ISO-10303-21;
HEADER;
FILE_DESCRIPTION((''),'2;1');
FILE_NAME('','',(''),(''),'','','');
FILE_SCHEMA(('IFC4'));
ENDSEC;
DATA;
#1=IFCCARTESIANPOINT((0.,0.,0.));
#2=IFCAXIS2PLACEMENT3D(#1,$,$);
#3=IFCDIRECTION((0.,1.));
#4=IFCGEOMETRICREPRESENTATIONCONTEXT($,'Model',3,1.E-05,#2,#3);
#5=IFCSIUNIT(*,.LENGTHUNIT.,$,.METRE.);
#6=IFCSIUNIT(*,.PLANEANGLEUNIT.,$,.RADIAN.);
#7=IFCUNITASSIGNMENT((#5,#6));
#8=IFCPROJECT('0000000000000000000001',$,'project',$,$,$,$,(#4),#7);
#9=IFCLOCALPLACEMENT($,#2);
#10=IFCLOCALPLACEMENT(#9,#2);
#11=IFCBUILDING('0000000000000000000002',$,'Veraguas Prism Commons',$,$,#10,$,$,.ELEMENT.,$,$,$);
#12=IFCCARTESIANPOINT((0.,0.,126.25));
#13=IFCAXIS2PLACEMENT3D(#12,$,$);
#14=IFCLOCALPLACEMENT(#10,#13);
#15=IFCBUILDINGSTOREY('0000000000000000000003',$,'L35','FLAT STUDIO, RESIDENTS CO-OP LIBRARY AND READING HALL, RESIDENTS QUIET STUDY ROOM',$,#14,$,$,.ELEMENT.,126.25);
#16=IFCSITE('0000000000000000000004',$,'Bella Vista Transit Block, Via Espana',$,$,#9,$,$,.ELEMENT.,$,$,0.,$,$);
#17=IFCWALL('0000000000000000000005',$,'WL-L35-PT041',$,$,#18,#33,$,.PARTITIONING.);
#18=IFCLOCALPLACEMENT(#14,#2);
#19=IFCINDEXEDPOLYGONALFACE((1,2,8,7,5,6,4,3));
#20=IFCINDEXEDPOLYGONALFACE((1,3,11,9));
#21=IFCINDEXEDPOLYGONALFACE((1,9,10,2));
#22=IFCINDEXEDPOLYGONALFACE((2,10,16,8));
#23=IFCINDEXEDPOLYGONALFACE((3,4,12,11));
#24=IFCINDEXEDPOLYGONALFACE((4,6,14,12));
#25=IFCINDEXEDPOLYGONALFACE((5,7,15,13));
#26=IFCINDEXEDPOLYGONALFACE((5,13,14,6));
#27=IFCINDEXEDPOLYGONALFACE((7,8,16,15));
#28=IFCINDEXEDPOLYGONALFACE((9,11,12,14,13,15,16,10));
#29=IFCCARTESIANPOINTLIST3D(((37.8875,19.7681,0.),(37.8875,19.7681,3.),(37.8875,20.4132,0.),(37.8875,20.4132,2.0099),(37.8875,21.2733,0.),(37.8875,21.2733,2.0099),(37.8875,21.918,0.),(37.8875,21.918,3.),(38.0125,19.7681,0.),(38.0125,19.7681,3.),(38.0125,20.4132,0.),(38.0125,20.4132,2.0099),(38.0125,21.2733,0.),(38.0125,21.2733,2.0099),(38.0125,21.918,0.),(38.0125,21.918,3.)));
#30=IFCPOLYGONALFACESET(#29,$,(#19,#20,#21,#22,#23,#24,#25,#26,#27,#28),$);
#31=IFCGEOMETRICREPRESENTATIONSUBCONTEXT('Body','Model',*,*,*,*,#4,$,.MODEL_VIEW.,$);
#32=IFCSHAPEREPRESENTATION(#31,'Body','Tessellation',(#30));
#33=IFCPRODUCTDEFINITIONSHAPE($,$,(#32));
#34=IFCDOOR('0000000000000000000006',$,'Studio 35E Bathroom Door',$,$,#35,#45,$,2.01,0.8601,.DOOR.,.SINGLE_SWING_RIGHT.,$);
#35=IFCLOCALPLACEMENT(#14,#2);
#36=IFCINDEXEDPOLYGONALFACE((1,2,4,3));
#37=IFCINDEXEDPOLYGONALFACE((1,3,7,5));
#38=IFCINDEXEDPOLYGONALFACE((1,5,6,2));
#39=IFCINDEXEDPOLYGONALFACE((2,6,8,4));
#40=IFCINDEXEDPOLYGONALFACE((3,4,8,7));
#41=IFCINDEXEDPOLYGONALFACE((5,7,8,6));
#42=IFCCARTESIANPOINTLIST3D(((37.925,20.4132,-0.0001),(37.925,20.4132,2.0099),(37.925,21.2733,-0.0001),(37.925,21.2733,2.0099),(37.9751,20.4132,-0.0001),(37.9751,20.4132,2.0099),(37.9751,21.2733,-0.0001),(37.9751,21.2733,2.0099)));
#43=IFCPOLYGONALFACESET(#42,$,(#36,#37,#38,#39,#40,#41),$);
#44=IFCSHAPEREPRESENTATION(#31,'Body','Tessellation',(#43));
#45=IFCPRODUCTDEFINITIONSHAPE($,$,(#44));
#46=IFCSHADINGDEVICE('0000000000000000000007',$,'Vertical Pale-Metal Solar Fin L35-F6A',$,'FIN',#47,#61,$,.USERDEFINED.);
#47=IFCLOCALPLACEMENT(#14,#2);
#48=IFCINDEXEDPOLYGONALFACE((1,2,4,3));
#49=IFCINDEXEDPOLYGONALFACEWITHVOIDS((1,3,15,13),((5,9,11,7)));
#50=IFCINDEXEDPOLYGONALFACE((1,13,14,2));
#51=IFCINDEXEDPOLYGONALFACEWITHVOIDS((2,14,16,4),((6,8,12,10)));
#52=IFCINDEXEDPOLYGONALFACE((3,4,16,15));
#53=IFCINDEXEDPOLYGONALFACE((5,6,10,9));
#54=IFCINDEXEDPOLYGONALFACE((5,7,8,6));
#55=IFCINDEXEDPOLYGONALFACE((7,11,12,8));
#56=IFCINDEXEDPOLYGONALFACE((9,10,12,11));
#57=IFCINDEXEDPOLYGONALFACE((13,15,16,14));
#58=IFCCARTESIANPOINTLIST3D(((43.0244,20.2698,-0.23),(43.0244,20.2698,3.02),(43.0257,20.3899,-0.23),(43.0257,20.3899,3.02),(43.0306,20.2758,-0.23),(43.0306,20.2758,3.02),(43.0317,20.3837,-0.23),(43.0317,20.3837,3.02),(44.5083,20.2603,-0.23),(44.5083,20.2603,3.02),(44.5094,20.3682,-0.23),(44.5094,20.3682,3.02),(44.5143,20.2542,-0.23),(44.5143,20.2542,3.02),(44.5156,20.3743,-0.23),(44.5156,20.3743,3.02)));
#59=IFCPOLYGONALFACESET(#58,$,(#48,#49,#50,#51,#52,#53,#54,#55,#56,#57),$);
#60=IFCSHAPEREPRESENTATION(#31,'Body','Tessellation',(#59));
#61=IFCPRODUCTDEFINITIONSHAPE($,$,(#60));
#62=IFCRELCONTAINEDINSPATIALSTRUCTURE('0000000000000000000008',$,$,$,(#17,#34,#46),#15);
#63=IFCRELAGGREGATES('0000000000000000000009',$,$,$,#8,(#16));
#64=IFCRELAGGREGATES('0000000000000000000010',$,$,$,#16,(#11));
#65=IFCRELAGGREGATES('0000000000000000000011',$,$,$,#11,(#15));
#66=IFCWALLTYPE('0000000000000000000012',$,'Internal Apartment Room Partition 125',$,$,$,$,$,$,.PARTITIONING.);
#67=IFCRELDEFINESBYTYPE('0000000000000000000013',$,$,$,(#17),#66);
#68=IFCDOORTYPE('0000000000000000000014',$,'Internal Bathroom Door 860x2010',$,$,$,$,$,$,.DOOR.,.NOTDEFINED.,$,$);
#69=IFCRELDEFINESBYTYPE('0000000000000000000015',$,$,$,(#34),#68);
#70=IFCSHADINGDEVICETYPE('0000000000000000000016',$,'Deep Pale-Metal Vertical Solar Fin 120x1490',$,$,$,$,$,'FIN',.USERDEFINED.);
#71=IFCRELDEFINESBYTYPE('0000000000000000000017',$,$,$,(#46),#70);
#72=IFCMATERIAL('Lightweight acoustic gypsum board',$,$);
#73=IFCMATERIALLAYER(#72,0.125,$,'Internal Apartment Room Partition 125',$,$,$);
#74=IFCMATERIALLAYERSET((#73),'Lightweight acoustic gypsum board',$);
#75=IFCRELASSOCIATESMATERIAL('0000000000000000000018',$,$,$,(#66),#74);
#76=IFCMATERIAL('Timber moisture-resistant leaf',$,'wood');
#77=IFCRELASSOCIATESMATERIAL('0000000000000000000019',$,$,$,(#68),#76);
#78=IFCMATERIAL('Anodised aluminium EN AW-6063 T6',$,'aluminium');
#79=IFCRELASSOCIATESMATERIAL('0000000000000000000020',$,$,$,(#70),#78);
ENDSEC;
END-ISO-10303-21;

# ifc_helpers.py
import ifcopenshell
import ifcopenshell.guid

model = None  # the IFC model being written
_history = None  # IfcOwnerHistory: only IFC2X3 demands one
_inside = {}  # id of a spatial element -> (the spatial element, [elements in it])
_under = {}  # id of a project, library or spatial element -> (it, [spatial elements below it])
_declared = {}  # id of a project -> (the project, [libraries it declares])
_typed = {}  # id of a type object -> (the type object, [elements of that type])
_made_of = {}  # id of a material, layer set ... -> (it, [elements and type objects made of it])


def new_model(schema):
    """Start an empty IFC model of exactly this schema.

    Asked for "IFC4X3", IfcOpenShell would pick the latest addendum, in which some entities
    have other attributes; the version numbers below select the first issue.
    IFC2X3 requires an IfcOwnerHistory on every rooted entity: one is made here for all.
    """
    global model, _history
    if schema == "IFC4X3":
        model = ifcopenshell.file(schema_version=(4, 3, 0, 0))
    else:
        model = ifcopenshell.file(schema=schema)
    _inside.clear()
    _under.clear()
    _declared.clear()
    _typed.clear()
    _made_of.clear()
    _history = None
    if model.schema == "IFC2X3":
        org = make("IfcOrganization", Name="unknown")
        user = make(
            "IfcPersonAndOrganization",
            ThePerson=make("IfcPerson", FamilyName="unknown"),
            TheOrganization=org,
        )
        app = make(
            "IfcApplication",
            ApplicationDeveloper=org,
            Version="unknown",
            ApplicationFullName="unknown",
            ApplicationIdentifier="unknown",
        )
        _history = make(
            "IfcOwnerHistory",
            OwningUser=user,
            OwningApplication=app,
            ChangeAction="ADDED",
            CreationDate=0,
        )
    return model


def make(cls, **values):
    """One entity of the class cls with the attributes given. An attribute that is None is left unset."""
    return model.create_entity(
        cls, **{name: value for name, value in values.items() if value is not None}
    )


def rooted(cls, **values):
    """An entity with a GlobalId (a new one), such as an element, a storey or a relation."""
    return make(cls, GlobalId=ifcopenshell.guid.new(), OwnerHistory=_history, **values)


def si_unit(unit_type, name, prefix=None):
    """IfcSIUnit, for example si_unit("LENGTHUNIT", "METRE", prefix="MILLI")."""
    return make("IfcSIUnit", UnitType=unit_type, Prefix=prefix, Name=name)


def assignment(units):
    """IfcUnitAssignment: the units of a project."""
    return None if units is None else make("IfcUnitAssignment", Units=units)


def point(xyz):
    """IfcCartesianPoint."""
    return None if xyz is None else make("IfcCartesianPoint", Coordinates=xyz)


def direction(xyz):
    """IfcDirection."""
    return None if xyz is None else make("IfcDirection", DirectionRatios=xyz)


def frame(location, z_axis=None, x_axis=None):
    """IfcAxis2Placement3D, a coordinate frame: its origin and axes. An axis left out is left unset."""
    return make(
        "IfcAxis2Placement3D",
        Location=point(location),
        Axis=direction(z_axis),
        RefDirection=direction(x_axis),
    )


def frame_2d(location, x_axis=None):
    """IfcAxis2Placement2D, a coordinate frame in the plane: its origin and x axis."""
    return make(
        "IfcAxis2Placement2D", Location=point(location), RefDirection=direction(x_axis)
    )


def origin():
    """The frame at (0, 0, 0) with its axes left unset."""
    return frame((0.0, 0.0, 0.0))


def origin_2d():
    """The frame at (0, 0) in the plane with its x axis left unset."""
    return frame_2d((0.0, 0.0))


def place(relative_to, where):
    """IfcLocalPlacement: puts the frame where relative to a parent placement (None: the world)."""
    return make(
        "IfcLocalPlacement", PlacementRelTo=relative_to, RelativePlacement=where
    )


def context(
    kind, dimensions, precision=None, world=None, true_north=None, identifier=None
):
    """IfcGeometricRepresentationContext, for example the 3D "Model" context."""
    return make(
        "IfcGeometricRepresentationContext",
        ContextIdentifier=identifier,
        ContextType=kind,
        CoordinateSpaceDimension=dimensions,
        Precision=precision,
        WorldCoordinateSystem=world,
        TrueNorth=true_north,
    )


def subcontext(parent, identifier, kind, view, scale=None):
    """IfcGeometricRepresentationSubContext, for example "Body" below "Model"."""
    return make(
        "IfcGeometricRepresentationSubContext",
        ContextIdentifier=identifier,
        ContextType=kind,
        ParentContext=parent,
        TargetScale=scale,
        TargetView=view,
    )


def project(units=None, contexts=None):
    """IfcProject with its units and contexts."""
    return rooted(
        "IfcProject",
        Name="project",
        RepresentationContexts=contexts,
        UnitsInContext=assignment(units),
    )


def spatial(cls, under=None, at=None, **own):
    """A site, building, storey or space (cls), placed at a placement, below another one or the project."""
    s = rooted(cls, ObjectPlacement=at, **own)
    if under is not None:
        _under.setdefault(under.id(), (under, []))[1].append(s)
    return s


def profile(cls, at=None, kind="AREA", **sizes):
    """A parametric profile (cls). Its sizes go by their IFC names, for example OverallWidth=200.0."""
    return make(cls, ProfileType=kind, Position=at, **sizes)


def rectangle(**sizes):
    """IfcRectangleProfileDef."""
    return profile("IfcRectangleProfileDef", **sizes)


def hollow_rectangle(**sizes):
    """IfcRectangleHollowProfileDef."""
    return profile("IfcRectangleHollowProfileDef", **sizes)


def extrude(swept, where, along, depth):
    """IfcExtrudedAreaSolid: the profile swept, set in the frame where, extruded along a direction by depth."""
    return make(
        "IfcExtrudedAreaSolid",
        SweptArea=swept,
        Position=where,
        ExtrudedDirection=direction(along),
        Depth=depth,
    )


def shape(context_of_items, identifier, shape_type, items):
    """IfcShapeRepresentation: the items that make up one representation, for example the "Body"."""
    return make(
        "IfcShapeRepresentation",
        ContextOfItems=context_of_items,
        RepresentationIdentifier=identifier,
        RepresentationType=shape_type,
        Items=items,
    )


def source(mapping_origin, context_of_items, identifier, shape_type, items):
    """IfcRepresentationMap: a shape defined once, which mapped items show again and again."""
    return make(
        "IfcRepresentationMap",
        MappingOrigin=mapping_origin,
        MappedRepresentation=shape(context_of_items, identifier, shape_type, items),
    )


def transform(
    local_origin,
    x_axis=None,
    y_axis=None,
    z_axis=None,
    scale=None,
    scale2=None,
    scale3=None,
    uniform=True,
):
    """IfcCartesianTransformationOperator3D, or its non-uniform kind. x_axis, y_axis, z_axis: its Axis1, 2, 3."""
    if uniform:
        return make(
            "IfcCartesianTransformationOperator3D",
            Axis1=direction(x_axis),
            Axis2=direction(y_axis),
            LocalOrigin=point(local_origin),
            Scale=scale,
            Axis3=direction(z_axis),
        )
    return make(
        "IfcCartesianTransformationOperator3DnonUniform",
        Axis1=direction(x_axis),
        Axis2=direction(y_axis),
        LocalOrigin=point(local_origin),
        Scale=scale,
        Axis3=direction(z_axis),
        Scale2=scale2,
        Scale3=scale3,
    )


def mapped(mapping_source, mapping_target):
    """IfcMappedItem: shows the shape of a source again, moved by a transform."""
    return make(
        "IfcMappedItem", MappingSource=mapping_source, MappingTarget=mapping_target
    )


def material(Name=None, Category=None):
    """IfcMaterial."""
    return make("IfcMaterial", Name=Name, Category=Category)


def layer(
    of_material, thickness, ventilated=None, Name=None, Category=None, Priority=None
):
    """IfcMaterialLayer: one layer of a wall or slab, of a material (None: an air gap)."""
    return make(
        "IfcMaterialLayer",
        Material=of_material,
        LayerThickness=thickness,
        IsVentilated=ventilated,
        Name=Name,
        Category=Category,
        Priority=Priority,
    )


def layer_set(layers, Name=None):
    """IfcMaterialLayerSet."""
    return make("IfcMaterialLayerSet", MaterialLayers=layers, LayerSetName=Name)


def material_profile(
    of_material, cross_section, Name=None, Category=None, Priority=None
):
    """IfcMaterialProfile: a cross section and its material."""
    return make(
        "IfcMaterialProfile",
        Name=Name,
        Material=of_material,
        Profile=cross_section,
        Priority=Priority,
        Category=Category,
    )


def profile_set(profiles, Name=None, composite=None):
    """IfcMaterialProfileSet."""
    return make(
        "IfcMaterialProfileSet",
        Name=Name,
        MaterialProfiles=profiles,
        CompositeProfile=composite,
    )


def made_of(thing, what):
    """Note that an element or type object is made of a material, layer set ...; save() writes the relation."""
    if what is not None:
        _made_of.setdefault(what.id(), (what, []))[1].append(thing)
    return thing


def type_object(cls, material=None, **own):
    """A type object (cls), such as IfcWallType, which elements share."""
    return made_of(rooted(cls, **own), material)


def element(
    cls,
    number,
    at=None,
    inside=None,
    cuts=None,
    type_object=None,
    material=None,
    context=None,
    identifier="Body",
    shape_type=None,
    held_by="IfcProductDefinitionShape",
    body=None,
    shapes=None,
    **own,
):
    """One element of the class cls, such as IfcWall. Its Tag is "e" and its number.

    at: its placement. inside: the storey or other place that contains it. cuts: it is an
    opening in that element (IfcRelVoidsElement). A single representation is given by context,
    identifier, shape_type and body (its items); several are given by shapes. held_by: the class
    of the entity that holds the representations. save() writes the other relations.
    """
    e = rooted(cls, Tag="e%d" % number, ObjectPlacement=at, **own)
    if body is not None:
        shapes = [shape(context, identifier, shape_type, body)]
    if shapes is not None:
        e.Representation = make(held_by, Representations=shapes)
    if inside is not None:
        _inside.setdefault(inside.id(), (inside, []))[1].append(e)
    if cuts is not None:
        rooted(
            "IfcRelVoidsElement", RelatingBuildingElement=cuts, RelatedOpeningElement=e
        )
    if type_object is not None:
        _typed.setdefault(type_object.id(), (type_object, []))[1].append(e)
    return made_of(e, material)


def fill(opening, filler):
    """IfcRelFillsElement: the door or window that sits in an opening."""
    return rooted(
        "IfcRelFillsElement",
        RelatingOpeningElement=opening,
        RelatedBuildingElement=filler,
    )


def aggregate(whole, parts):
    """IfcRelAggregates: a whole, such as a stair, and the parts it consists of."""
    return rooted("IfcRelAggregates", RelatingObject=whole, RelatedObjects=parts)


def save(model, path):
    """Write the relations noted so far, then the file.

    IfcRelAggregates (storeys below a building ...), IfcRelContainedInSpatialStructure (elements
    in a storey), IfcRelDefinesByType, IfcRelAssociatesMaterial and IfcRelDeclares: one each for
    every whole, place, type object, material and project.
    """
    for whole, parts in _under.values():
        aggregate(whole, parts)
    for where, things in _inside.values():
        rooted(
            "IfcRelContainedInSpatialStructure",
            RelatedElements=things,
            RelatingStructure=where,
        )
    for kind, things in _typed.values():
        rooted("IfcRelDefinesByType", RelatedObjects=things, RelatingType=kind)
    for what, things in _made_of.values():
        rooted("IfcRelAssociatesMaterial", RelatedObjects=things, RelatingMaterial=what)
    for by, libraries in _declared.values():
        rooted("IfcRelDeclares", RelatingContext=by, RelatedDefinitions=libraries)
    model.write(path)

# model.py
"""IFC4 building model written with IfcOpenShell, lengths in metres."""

from ifc_helpers import new_model, si_unit, direction, frame, frame_2d, origin, origin_2d, place, context, subcontext, project, spatial, rectangle, hollow_rectangle, extrude, source, transform, mapped, material, layer, layer_set, material_profile, profile_set, type_object, element, fill, save


model = new_model("IFC4")

# Units and contexts
model_context = context("Model", 3, precision=1e-05, world=origin(), true_north=direction((0.0, 1.0)))
body_context = subcontext(model_context, "Body", "Model", "MODEL_VIEW")
ifc_project = project(units=[si_unit("LENGTHUNIT", "METRE"), si_unit("PLANEANGLEUNIT", "RADIAN")], contexts=[model_context])

# Site, building, storey
site_placement = place(None, origin())
site = spatial("IfcSite", under=ifc_project, at=site_placement, Name="Bella Vista Transit Block, Via Espana", CompositionType="ELEMENT", RefElevation=0.0)
building_placement = place(site_placement, origin())
building = spatial("IfcBuilding", under=site, at=building_placement, Name="Veraguas Prism Commons", CompositionType="ELEMENT")
storey_placement = place(building_placement, frame((0.0, 0.0, 126.25)))
storey = spatial("IfcBuildingStorey", under=building, at=storey_placement, Name="L35", Description="FLAT STUDIO, RESIDENTS CO-OP LIBRARY AND READING HALL, RESIDENTS QUIET STUDY ROOM", CompositionType="ELEMENT", Elevation=126.25)

# Shared definitions
ifc_material_1 = material(Name="Anodised aluminium EN AW-6063 T6", Category="aluminium")

# Wall, opening, door
ifc_material_2 = material(Name="Lightweight acoustic gypsum board")
ifc_layer_1 = layer(ifc_material_2, 0.125, Name="Internal Apartment Room Partition 125")
ifc_layer_set_1 = layer_set([ifc_layer_1], Name="Lightweight acoustic gypsum board")
wall_type_1 = type_object("IfcWallType", Name="Internal Apartment Room Partition 125", PredefinedType="PARTITIONING", material=ifc_layer_set_1)
wall_1_placement = place(storey_placement, frame((37.95, 19.7681, 0.0), z_axis=(0.0, 0.0, 1.0), x_axis=(0.0, 1.0, 0.0)))
wall_1 = element("IfcWall", 1, at=wall_1_placement, inside=storey, type_object=wall_type_1, Name="WL-L35-PT041", PredefinedType="PARTITIONING", context=body_context, shape_type="SweptSolid", body=[
    extrude(rectangle(XDim=2.1499, YDim=0.125, at=frame_2d((1.075, 0.0))), origin(), (0.0, 0.0, 1.0), 3.0),
])
opening_1_placement = place(wall_1_placement, frame((0.645, 0.0, 0.0)))
opening_1 = element("IfcOpeningElement", 2, at=opening_1_placement, cuts=wall_1, PredefinedType="OPENING", context=body_context, shape_type="SweptSolid", body=[
    extrude(rectangle(XDim=0.8601, YDim=2.01, at=frame_2d((0.4302, 1.0049))), frame((0.0, 0.0725, 0.0), z_axis=(0.0, -1.0, 0.0), x_axis=(1.0, 0.0, 0.0)), (0.0, 0.0, 1.0), 0.145),
])
ifc_material_3 = material(Name="Timber moisture-resistant leaf", Category="wood")
door_type_1 = type_object("IfcDoorType", Name="Internal Bathroom Door 860x2010", OperationType="NOTDEFINED", PredefinedType="DOOR", material=ifc_material_3)
shared_shape_1 = source(origin(), body_context, "Body", "SweptSolid", [
    extrude(rectangle(XDim=0.8601, YDim=2.01, at=frame_2d((0.4302, 1.0049))), frame((0.0, 0.0249, 0.0), z_axis=(0.0, -1.0, 0.0), x_axis=(1.0, 0.0, 0.0)), (0.0, 0.0, 1.0), 0.05),
])
door_1_placement = place(opening_1_placement, origin())
door_1 = element("IfcDoor", 3, at=door_1_placement, inside=storey, type_object=door_type_1, Name="Studio 35E Bathroom Door", OperationType="SINGLE_SWING_RIGHT", OverallHeight=2.01, OverallWidth=0.8601, PredefinedType="DOOR", context=body_context, shape_type="MappedRepresentation", body=[
    mapped(shared_shape_1, transform((0.0, 0.0, 0.0), scale=1.0)),
])
fill(opening_1, door_1)

# Shading device
ifc_material_profile_1 = material_profile(ifc_material_1, hollow_rectangle(XDim=0.1201, YDim=1.49, WallThickness=0.0061, at=origin_2d()), Name="FIN120X1490X6")
ifc_profile_set_1 = profile_set([ifc_material_profile_1], Name="Anodised aluminium EN AW-6063 T6")
shading_device_type = type_object("IfcShadingDeviceType", Name="Deep Pale-Metal Vertical Solar Fin 120x1490", ElementType="FIN", PredefinedType="USERDEFINED", material=ifc_profile_set_1)
shading_device_placement = place(storey_placement, frame((43.77, 20.322, -0.23), z_axis=(0.0, 0.0, 1.0), x_axis=(0.010475, 0.999945, 0.0)))
element("IfcShadingDevice", 4, at=shading_device_placement, inside=storey, type_object=shading_device_type, Name="Vertical Pale-Metal Solar Fin L35-F6A", ObjectType="FIN", PredefinedType="USERDEFINED", context=body_context, shape_type="SweptSolid", body=[
    extrude(hollow_rectangle(XDim=0.1201, YDim=1.49, WallThickness=0.0061, at=origin_2d()), origin(), (0.0, 0.0, 1.0), 3.25),
])

save(model, "model.ifc")
